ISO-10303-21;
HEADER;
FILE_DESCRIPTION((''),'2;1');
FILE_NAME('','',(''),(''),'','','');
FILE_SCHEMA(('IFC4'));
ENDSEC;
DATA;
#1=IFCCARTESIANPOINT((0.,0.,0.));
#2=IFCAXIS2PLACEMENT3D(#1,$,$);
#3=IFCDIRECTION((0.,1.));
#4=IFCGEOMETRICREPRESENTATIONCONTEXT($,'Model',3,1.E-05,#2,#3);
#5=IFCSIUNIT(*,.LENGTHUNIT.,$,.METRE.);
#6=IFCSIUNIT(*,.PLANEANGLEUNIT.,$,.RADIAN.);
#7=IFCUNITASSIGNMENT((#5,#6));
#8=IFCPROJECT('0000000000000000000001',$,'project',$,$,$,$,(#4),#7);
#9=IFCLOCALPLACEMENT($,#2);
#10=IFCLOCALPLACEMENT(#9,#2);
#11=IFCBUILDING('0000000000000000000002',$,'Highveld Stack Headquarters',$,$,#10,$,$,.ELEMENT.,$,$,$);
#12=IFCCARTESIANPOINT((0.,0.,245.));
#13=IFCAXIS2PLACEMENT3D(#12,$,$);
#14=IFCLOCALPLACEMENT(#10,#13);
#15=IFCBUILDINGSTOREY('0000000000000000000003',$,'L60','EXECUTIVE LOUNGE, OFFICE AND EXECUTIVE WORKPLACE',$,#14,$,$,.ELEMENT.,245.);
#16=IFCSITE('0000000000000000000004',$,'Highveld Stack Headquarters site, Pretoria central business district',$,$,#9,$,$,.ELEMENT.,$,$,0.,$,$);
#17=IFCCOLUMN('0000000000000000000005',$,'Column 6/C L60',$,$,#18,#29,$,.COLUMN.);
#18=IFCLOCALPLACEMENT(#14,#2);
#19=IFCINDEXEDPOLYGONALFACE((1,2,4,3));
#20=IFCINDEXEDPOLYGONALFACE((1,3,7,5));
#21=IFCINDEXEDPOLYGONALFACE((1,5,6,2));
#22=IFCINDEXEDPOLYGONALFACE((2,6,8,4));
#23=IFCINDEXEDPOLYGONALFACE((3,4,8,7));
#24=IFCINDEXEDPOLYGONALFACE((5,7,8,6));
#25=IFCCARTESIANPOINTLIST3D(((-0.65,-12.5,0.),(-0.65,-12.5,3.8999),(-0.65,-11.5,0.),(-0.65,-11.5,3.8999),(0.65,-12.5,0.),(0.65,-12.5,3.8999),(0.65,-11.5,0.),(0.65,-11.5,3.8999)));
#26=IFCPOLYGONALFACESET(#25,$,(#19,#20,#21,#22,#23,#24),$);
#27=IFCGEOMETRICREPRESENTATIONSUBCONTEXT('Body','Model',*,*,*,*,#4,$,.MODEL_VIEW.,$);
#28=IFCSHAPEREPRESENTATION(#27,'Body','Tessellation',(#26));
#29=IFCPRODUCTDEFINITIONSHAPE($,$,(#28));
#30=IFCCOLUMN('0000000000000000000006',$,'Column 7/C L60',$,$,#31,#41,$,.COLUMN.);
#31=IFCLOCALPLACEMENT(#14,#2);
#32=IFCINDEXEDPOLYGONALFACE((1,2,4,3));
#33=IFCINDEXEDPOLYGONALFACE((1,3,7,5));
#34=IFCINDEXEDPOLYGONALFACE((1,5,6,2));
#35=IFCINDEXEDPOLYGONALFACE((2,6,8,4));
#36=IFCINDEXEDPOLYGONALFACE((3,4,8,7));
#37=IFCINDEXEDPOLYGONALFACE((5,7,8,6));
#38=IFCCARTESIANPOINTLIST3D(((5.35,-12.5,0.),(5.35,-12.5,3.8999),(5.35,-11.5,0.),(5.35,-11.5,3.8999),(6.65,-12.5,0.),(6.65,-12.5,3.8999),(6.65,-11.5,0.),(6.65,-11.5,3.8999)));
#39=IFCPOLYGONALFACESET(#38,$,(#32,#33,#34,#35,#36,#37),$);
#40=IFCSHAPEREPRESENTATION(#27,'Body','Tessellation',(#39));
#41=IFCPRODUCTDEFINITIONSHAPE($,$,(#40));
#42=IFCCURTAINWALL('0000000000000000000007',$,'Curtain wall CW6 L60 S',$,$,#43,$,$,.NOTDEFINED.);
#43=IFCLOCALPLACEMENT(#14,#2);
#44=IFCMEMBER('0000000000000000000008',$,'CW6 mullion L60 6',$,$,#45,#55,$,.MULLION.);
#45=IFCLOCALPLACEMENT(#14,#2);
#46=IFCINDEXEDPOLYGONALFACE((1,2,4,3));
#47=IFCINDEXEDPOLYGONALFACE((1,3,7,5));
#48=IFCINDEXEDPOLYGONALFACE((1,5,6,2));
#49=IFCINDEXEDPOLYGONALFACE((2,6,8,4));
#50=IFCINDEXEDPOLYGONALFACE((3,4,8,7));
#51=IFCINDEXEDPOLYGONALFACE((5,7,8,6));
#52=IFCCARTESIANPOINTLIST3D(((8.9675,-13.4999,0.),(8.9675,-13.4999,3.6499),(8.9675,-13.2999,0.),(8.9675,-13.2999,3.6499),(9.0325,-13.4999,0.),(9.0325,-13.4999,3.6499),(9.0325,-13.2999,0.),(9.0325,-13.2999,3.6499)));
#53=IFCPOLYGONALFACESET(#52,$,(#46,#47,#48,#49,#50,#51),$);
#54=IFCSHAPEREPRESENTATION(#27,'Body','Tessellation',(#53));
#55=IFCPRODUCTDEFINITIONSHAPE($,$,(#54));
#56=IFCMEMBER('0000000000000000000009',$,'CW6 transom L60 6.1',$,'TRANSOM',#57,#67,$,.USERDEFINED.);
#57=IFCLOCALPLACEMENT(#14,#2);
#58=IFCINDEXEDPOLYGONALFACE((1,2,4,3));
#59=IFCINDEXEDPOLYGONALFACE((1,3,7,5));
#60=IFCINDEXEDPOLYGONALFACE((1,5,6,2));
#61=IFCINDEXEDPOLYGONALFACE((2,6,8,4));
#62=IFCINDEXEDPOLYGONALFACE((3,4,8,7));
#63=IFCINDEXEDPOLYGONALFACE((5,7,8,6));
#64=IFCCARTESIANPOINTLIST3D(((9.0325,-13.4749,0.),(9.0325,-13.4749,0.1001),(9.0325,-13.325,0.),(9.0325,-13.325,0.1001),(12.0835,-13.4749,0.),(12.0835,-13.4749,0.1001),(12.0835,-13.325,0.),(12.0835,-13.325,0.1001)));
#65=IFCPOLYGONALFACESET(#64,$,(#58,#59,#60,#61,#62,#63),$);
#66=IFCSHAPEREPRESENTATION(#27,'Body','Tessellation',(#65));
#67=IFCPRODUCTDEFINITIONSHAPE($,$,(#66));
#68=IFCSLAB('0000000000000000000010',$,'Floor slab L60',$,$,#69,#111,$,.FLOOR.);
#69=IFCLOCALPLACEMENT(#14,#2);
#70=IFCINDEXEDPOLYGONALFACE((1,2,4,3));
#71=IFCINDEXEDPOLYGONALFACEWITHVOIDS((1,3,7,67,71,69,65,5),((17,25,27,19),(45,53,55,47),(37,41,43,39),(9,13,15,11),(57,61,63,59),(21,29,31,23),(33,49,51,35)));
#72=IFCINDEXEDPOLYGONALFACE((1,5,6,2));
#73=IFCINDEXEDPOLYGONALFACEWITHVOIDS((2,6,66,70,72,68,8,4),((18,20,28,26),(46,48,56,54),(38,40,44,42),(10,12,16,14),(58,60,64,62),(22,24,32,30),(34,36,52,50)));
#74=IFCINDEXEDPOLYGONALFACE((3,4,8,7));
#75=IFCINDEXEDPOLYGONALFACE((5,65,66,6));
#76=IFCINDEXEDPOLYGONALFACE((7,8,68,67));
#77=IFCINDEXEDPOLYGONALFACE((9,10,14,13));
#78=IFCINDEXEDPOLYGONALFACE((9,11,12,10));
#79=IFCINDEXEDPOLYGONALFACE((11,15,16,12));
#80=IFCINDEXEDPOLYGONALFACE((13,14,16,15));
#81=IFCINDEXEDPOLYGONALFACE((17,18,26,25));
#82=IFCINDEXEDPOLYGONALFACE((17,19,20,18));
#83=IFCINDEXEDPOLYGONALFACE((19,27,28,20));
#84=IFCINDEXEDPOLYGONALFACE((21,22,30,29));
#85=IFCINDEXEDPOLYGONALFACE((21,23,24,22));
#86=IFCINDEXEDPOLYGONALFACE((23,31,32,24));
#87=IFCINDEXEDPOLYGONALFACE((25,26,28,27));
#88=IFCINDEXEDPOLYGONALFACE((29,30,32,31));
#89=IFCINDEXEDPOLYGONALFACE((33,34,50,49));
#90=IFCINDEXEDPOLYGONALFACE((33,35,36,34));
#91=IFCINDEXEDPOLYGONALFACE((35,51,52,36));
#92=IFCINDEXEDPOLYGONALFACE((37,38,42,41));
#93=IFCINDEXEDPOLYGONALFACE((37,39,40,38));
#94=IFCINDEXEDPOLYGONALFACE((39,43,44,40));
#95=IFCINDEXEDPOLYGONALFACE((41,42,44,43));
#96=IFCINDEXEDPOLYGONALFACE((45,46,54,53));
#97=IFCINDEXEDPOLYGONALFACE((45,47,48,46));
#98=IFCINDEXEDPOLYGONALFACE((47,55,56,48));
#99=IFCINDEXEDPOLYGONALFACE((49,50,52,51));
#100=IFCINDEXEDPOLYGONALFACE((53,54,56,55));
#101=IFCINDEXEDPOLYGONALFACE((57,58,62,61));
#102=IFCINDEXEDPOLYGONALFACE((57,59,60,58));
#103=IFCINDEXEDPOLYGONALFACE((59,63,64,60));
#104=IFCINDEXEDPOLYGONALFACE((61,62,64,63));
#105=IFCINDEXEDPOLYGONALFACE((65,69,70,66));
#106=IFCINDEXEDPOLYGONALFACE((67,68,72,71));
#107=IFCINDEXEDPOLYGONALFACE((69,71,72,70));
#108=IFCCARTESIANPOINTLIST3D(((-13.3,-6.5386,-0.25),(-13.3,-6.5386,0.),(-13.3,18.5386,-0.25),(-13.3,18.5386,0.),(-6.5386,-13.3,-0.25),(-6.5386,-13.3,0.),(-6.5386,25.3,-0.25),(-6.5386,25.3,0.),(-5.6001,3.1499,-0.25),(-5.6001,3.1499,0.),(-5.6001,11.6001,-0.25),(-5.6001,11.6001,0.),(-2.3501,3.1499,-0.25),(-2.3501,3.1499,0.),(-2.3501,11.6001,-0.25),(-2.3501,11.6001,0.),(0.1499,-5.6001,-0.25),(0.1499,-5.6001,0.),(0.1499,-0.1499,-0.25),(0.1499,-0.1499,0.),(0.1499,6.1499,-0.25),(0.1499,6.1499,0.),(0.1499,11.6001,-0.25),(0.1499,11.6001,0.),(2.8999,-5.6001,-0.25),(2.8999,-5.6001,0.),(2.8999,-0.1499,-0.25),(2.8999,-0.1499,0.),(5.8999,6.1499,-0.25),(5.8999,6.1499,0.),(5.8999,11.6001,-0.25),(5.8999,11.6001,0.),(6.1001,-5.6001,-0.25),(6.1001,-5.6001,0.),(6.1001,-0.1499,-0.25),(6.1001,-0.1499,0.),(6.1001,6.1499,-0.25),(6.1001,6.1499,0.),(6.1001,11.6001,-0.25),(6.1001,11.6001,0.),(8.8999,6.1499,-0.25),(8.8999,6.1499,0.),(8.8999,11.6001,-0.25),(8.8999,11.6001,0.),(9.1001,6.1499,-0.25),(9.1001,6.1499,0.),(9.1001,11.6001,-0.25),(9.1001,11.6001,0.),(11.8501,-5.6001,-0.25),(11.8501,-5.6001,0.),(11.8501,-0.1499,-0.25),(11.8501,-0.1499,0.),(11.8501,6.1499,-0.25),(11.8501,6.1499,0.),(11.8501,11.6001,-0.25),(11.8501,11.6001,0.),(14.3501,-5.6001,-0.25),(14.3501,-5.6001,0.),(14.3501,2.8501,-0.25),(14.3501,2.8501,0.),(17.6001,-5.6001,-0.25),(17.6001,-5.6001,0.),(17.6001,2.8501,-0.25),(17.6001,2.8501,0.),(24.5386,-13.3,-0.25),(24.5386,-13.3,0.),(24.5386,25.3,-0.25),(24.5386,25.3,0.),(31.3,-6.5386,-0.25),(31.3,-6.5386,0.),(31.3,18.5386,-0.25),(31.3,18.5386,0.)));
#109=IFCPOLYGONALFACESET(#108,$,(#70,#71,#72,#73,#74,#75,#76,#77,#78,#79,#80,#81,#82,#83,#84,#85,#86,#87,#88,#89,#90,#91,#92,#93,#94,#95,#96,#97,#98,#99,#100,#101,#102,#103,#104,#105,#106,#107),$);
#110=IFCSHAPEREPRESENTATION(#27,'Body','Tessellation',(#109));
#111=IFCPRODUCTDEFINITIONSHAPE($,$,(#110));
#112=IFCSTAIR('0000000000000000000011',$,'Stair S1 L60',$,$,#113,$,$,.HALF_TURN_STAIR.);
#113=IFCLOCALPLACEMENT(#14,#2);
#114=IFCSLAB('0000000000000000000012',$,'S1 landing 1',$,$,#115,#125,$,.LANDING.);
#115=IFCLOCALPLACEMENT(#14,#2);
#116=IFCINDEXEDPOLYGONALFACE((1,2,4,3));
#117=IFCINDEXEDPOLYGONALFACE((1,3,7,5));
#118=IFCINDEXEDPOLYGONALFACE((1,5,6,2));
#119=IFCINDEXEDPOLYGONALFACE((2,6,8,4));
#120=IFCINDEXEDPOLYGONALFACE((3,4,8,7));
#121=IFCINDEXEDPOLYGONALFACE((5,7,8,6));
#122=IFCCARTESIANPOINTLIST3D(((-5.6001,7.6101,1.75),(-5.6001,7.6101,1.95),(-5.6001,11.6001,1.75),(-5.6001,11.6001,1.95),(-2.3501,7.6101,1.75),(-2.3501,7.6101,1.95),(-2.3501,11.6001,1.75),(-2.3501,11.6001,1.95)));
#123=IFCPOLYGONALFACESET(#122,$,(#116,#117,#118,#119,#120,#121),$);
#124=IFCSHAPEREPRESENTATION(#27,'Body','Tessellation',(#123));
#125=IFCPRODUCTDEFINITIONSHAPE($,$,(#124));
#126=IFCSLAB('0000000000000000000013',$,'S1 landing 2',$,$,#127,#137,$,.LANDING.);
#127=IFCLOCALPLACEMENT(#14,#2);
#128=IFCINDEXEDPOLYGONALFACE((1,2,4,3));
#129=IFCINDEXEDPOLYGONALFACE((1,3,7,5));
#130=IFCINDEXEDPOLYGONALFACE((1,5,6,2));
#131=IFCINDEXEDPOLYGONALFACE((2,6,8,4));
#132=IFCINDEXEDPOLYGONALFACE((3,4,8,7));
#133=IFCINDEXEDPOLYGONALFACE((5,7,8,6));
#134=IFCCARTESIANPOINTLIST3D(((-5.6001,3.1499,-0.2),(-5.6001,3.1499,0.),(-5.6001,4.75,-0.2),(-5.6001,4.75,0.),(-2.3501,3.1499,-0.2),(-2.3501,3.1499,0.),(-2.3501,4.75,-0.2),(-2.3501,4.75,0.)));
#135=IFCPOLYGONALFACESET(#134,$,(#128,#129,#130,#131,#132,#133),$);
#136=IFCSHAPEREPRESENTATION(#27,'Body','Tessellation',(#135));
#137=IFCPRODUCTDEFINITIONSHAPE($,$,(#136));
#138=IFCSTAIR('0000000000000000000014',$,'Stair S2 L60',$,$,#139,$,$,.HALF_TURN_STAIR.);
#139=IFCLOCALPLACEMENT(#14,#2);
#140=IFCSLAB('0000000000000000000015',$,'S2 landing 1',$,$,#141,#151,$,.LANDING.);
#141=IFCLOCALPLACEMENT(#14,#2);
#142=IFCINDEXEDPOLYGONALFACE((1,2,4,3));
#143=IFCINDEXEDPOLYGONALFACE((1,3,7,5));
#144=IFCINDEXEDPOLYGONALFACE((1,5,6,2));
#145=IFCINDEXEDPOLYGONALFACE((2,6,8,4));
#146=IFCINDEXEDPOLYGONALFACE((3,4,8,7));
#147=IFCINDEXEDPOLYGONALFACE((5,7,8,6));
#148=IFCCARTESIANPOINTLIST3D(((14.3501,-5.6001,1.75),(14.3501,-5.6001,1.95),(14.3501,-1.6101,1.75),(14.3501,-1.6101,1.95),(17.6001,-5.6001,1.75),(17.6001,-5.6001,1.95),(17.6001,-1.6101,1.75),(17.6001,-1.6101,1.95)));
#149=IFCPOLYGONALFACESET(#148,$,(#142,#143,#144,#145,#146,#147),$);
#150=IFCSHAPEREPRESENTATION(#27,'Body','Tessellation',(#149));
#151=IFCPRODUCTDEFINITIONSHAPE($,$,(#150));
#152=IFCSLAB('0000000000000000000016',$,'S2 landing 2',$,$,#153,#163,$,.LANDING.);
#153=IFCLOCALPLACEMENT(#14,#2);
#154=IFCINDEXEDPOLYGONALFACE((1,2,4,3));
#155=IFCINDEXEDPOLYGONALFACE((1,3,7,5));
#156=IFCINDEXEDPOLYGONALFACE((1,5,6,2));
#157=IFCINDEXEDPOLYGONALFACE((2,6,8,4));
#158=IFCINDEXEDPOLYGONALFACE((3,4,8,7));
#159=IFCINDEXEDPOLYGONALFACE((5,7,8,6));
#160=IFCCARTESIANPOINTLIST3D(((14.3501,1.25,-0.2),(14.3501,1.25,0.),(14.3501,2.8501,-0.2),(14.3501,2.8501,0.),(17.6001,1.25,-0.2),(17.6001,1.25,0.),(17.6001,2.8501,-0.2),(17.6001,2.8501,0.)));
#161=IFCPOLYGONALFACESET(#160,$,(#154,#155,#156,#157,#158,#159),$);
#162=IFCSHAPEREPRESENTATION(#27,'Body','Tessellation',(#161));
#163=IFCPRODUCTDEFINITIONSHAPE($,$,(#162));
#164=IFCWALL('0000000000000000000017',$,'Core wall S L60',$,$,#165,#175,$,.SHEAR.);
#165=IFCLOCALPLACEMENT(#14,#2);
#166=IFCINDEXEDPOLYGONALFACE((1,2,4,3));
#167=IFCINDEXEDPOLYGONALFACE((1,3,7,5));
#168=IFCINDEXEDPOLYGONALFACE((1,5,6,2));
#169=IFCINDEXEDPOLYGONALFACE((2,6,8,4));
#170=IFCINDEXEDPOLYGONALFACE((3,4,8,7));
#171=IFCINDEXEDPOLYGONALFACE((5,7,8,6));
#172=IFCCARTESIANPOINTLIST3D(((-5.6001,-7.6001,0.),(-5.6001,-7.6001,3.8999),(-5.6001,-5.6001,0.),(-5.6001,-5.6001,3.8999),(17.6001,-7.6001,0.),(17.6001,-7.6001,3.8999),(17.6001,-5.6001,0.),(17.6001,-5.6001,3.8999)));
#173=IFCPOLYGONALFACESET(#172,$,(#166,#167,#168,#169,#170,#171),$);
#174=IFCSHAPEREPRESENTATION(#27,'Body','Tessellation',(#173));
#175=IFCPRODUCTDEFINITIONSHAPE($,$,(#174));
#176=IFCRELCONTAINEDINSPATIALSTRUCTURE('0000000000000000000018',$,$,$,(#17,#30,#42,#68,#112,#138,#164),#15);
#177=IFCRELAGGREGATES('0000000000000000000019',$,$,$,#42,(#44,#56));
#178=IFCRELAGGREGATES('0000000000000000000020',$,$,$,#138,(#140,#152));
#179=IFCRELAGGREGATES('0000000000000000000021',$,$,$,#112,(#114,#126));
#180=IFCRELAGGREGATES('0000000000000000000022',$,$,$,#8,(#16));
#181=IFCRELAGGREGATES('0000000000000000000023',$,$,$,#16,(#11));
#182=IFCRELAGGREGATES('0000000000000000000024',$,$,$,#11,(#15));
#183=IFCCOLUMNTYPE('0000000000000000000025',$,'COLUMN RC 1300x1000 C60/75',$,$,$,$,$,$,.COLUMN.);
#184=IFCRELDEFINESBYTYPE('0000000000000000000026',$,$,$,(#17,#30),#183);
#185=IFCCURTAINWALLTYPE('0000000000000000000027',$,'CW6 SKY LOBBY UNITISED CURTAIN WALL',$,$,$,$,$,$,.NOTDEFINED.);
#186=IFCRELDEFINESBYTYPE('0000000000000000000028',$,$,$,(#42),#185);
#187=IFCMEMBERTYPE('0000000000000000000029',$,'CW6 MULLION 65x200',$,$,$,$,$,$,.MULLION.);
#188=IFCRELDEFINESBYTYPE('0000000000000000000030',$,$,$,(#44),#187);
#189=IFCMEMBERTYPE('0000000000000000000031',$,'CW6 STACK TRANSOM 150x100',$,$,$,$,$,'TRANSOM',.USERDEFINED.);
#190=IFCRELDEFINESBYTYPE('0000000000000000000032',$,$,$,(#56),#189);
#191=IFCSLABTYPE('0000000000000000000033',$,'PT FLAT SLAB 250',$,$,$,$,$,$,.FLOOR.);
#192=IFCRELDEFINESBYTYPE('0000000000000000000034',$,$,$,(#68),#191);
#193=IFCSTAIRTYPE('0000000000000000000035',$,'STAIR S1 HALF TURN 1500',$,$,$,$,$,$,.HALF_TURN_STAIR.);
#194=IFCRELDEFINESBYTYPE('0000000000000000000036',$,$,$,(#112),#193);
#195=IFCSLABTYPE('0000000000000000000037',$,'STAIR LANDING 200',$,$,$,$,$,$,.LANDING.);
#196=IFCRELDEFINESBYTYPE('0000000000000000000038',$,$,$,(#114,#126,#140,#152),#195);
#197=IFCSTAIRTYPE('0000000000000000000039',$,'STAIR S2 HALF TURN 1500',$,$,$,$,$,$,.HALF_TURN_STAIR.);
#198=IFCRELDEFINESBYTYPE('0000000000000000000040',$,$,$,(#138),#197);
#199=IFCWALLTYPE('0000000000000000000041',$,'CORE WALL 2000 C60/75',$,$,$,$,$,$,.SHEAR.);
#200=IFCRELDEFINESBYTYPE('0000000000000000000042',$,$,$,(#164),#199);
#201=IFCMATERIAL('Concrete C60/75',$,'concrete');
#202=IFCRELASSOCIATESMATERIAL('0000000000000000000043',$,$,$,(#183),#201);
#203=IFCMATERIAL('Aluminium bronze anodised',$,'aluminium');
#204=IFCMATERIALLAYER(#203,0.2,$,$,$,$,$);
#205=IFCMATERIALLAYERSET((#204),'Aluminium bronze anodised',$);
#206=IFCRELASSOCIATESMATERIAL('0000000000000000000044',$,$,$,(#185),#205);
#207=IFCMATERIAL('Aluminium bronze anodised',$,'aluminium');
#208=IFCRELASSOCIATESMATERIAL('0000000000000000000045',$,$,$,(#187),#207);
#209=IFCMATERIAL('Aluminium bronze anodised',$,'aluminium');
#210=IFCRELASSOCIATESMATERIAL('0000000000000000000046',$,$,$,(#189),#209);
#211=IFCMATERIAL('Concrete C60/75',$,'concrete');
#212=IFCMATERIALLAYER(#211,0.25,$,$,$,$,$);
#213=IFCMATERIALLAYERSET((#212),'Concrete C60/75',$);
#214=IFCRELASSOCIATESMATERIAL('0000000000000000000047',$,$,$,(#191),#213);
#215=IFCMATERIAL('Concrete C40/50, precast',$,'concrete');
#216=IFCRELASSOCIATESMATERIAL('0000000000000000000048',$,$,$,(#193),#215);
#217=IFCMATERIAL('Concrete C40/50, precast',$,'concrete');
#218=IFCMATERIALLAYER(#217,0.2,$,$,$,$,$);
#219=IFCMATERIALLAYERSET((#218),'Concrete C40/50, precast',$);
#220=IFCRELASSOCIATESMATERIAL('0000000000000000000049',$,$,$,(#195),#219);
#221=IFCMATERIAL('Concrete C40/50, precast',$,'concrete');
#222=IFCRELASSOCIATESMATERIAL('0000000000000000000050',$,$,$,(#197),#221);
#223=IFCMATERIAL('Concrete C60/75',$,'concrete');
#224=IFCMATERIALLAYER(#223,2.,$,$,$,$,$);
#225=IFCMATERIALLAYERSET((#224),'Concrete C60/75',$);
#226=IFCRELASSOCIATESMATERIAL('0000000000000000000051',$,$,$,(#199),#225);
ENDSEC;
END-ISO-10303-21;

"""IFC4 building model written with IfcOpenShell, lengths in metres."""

from ifc_helpers import new_model, si_unit, direction, frame, frame_2d, origin, origin_2d, place, context, subcontext, project, spatial, polyline, rectangle, outline, extrude, material, layer, layer_set, material_profile, profile_set, type_object, element, aggregate, save


model = new_model("IFC4")

# Units and contexts
model_context = context("Model", 3, precision=1e-05, world=origin(), true_north=direction((0.0, 1.0)))
body_context = subcontext(model_context, "Body", "Model", "MODEL_VIEW")
ifc_project = project(units=[si_unit("LENGTHUNIT", "METRE"), si_unit("PLANEANGLEUNIT", "RADIAN")], contexts=[model_context])

# Site, building, storey
site_placement = place(None, origin())
site = spatial("IfcSite", under=ifc_project, at=site_placement, Name="Highveld Stack Headquarters site, Pretoria central business district", CompositionType="ELEMENT", RefElevation=0.0)
building_placement = place(site_placement, origin())
building = spatial("IfcBuilding", under=site, at=building_placement, Name="Highveld Stack Headquarters", CompositionType="ELEMENT")
storey_placement = place(building_placement, frame((0.0, 0.0, 245.0)))
storey = spatial("IfcBuildingStorey", under=building, at=storey_placement, Name="L60", Description="EXECUTIVE LOUNGE, OFFICE AND EXECUTIVE WORKPLACE", CompositionType="ELEMENT", Elevation=245.0)

# Columns
ifc_material_1 = material(Name="Concrete C60/75", Category="concrete")
ifc_material_profile_1 = material_profile(ifc_material_1, rectangle(XDim=1.3, YDim=1.0, at=origin_2d()), Name="RC 1300x1000")
ifc_profile_set_1 = profile_set([ifc_material_profile_1], Name="Concrete C60/75")
column_type = type_object("IfcColumnType", Name="COLUMN RC 1300x1000 C60/75", PredefinedType="COLUMN", material=ifc_profile_set_1)
for number, where, z_axis, x_axis, name in (
    (1, (0.0, -12.0, 0.0), (0.0, 0.0, 1.0), (1.0, 0.0, 0.0), "Column 6/C L60"),
    (2, (6.0, -12.0, 0.0), (0.0, 0.0, 1.0), (1.0, 0.0, 0.0), "Column 7/C L60"),
):
    element("IfcColumn", number, at=place(storey_placement, frame(where, z_axis=z_axis, x_axis=x_axis)), inside=storey, type_object=column_type, Name=name, PredefinedType="COLUMN", context=body_context, shape_type="SweptSolid", body=[
        extrude(rectangle(XDim=1.3, YDim=1.0, at=origin_2d()), origin(), (0.0, 0.0, 1.0), 3.8999),
    ])

# Curtain wall, members
ifc_material_2 = material(Name="Aluminium bronze anodised", Category="aluminium")
ifc_layer_1 = layer(ifc_material_2, 0.2)
ifc_layer_set_1 = layer_set([ifc_layer_1], Name="Aluminium bronze anodised")
curtain_wall_type = type_object("IfcCurtainWallType", Name="CW6 SKY LOBBY UNITISED CURTAIN WALL", PredefinedType="NOTDEFINED", material=ifc_layer_set_1)
curtain_wall_placement = place(storey_placement, origin())
curtain_wall = element("IfcCurtainWall", 3, at=curtain_wall_placement, inside=storey, type_object=curtain_wall_type, Name="Curtain wall CW6 L60 S", PredefinedType="NOTDEFINED")
ifc_material_3 = material(Name="Aluminium bronze anodised", Category="aluminium")
ifc_material_profile_2 = material_profile(ifc_material_3, rectangle(XDim=0.2, YDim=0.0649, at=origin_2d()), Name="CW6 MULLION 65x200")
ifc_profile_set_2 = profile_set([ifc_material_profile_2], Name="Aluminium bronze anodised")
member_type_1 = type_object("IfcMemberType", Name="CW6 MULLION 65x200", PredefinedType="MULLION", material=ifc_profile_set_2)
member_1_placement = place(storey_placement, frame((9.0, -13.3999, 0.0), z_axis=(0.0, 0.0, 1.0), x_axis=(0.0, 1.0, 0.0)))
member_1 = element("IfcMember", 4, at=member_1_placement, type_object=member_type_1, Name="CW6 mullion L60 6", PredefinedType="MULLION", context=body_context, shape_type="SweptSolid", body=[
    extrude(rectangle(XDim=0.2, YDim=0.0649, at=origin_2d()), origin(), (0.0, 0.0, 1.0), 3.6499),
])
ifc_material_4 = material(Name="Aluminium bronze anodised", Category="aluminium")
ifc_material_profile_3 = material_profile(ifc_material_4, rectangle(XDim=0.1499, YDim=0.1001, at=origin_2d()), Name="CW6 TRANSOM 150x100")
ifc_profile_set_3 = profile_set([ifc_material_profile_3], Name="Aluminium bronze anodised")
member_type_2 = type_object("IfcMemberType", Name="CW6 STACK TRANSOM 150x100", ElementType="TRANSOM", PredefinedType="USERDEFINED", material=ifc_profile_set_3)
member_2_placement = place(storey_placement, frame((9.0325, -13.3999, 0.05), z_axis=(1.0, 0.0, 0.0), x_axis=(0.0, 1.0, 0.0)))
member_2 = element("IfcMember", 5, at=member_2_placement, type_object=member_type_2, Name="CW6 transom L60 6.1", ObjectType="TRANSOM", PredefinedType="USERDEFINED", context=body_context, shape_type="SweptSolid", body=[
    extrude(rectangle(XDim=0.1499, YDim=0.1001, at=origin_2d()), origin(), (0.0, 0.0, 1.0), 3.051),
])
aggregate(curtain_wall, [member_1, member_2])

# Slab
ifc_material_5 = material(Name="Concrete C60/75", Category="concrete")
ifc_layer_2 = layer(ifc_material_5, 0.25)
ifc_layer_set_2 = layer_set([ifc_layer_2], Name="Concrete C60/75")
slab_type_1 = type_object("IfcSlabType", Name="PT FLAT SLAB 250", PredefinedType="FLOOR", material=ifc_layer_set_2)
slab_1_placement = place(storey_placement, frame((0.0, 0.0, -0.25)))
element("IfcSlab", 6, at=slab_1_placement, inside=storey, type_object=slab_type_1, Name="Floor slab L60", PredefinedType="FLOOR", context=body_context, shape_type="SweptSolid", body=[
    extrude(outline(polyline([(-6.5386, -13.3), (24.5386, -13.3), (31.3, -6.5386), (31.3, 18.5386), (24.5386, 25.3), (-6.5386, 25.3), (-13.3, 18.5386), (-13.3, -6.5386), (-6.5386, -13.3)]), holes=[polyline([(0.1499, 6.1499), (5.8999, 6.1499), (5.8999, 11.6001), (0.1499, 11.6001), (0.1499, 6.1499)]), polyline([(9.1001, 6.1499), (11.8501, 6.1499), (11.8501, 11.6001), (9.1001, 11.6001), (9.1001, 6.1499)]), polyline([(6.1001, 6.1499), (8.8999, 6.1499), (8.8999, 11.6001), (6.1001, 11.6001), (6.1001, 6.1499)]), polyline([(6.1001, -5.6001), (11.8501, -5.6001), (11.8501, -0.1499), (6.1001, -0.1499), (6.1001, -5.6001)]), polyline([(0.1499, -5.6001), (2.8999, -5.6001), (2.8999, -0.1499), (0.1499, -0.1499), (0.1499, -5.6001)]), polyline([(-5.6001, 3.1499), (-2.3501, 3.1499), (-2.3501, 11.6001), (-5.6001, 11.6001), (-5.6001, 3.1499)]), polyline([(14.3501, -5.6001), (17.6001, -5.6001), (17.6001, 2.8501), (14.3501, 2.8501), (14.3501, -5.6001)])]), origin(), (0.0, 0.0, 1.0), 0.25),
])

# Stairs, slabs
ifc_material_6 = material(Name="Concrete C40/50, precast", Category="concrete")
stair_type_1 = type_object("IfcStairType", Name="STAIR S1 HALF TURN 1500", PredefinedType="HALF_TURN_STAIR", material=ifc_material_6)
stair_1_placement = place(storey_placement, origin())
stair_1 = element("IfcStair", 7, at=stair_1_placement, inside=storey, type_object=stair_type_1, Name="Stair S1 L60", PredefinedType="HALF_TURN_STAIR")
ifc_material_7 = material(Name="Concrete C40/50, precast", Category="concrete")
ifc_layer_3 = layer(ifc_material_7, 0.2)
ifc_layer_set_3 = layer_set([ifc_layer_3], Name="Concrete C40/50, precast")
slab_type_2 = type_object("IfcSlabType", Name="STAIR LANDING 200", PredefinedType="LANDING", material=ifc_layer_set_3)
slab_2_placement = place(storey_placement, frame((0.0, 0.0, 1.75)))
slab_2 = element("IfcSlab", 8, at=slab_2_placement, type_object=slab_type_2, Name="S1 landing 1", PredefinedType="LANDING", context=body_context, shape_type="SweptSolid", body=[
    extrude(outline(polyline([(-5.6001, 7.6101), (-2.3501, 7.6101), (-2.3501, 11.6001), (-5.6001, 11.6001), (-5.6001, 7.6101)])), origin(), (0.0, 0.0, 1.0), 0.2),
])
slab_3_placement = place(storey_placement, frame((0.0, 0.0, -0.2)))
slab_3 = element("IfcSlab", 9, at=slab_3_placement, type_object=slab_type_2, Name="S1 landing 2", PredefinedType="LANDING", context=body_context, shape_type="SweptSolid", body=[
    extrude(outline(polyline([(-5.6001, 3.1499), (-2.3501, 3.1499), (-2.3501, 4.75), (-5.6001, 4.75), (-5.6001, 3.1499)])), origin(), (0.0, 0.0, 1.0), 0.2),
])
ifc_material_8 = material(Name="Concrete C40/50, precast", Category="concrete")
stair_type_2 = type_object("IfcStairType", Name="STAIR S2 HALF TURN 1500", PredefinedType="HALF_TURN_STAIR", material=ifc_material_8)
stair_2_placement = place(storey_placement, origin())
stair_2 = element("IfcStair", 10, at=stair_2_placement, inside=storey, type_object=stair_type_2, Name="Stair S2 L60", PredefinedType="HALF_TURN_STAIR")
slab_4_placement = place(storey_placement, frame((0.0, 0.0, 1.75)))
slab_4 = element("IfcSlab", 11, at=slab_4_placement, type_object=slab_type_2, Name="S2 landing 1", PredefinedType="LANDING", context=body_context, shape_type="SweptSolid", body=[
    extrude(outline(polyline([(14.3501, -5.6001), (17.6001, -5.6001), (17.6001, -1.6101), (14.3501, -1.6101), (14.3501, -5.6001)])), origin(), (0.0, 0.0, 1.0), 0.2),
])
slab_5_placement = place(storey_placement, frame((0.0, 0.0, -0.2)))
slab_5 = element("IfcSlab", 12, at=slab_5_placement, type_object=slab_type_2, Name="S2 landing 2", PredefinedType="LANDING", context=body_context, shape_type="SweptSolid", body=[
    extrude(outline(polyline([(14.3501, 1.25), (17.6001, 1.25), (17.6001, 2.8501), (14.3501, 2.8501), (14.3501, 1.25)])), origin(), (0.0, 0.0, 1.0), 0.2),
])
aggregate(stair_2, [slab_4, slab_5])

# Wall
ifc_material_9 = material(Name="Concrete C60/75", Category="concrete")
ifc_layer_4 = layer(ifc_material_9, 2.0)
ifc_layer_set_4 = layer_set([ifc_layer_4], Name="Concrete C60/75")
wall_type_1 = type_object("IfcWallType", Name="CORE WALL 2000 C60/75", PredefinedType="SHEAR", material=ifc_layer_set_4)
wall_1_placement = place(storey_placement, frame((-5.6001, -6.6001, 0.0), z_axis=(0.0, 0.0, 1.0), x_axis=(1.0, 0.0, 0.0)))
element("IfcWall", 13, at=wall_1_placement, inside=storey, type_object=wall_type_1, Name="Core wall S L60", PredefinedType="SHEAR", context=body_context, shape_type="SweptSolid", body=[
    extrude(rectangle(XDim=23.2002, YDim=2.0, at=frame_2d((11.6001, 0.0))), origin(), (0.0, 0.0, 1.0), 3.8999),
])

aggregate(stair_1, [slab_2, slab_3])

save(model, "model.ifc")
